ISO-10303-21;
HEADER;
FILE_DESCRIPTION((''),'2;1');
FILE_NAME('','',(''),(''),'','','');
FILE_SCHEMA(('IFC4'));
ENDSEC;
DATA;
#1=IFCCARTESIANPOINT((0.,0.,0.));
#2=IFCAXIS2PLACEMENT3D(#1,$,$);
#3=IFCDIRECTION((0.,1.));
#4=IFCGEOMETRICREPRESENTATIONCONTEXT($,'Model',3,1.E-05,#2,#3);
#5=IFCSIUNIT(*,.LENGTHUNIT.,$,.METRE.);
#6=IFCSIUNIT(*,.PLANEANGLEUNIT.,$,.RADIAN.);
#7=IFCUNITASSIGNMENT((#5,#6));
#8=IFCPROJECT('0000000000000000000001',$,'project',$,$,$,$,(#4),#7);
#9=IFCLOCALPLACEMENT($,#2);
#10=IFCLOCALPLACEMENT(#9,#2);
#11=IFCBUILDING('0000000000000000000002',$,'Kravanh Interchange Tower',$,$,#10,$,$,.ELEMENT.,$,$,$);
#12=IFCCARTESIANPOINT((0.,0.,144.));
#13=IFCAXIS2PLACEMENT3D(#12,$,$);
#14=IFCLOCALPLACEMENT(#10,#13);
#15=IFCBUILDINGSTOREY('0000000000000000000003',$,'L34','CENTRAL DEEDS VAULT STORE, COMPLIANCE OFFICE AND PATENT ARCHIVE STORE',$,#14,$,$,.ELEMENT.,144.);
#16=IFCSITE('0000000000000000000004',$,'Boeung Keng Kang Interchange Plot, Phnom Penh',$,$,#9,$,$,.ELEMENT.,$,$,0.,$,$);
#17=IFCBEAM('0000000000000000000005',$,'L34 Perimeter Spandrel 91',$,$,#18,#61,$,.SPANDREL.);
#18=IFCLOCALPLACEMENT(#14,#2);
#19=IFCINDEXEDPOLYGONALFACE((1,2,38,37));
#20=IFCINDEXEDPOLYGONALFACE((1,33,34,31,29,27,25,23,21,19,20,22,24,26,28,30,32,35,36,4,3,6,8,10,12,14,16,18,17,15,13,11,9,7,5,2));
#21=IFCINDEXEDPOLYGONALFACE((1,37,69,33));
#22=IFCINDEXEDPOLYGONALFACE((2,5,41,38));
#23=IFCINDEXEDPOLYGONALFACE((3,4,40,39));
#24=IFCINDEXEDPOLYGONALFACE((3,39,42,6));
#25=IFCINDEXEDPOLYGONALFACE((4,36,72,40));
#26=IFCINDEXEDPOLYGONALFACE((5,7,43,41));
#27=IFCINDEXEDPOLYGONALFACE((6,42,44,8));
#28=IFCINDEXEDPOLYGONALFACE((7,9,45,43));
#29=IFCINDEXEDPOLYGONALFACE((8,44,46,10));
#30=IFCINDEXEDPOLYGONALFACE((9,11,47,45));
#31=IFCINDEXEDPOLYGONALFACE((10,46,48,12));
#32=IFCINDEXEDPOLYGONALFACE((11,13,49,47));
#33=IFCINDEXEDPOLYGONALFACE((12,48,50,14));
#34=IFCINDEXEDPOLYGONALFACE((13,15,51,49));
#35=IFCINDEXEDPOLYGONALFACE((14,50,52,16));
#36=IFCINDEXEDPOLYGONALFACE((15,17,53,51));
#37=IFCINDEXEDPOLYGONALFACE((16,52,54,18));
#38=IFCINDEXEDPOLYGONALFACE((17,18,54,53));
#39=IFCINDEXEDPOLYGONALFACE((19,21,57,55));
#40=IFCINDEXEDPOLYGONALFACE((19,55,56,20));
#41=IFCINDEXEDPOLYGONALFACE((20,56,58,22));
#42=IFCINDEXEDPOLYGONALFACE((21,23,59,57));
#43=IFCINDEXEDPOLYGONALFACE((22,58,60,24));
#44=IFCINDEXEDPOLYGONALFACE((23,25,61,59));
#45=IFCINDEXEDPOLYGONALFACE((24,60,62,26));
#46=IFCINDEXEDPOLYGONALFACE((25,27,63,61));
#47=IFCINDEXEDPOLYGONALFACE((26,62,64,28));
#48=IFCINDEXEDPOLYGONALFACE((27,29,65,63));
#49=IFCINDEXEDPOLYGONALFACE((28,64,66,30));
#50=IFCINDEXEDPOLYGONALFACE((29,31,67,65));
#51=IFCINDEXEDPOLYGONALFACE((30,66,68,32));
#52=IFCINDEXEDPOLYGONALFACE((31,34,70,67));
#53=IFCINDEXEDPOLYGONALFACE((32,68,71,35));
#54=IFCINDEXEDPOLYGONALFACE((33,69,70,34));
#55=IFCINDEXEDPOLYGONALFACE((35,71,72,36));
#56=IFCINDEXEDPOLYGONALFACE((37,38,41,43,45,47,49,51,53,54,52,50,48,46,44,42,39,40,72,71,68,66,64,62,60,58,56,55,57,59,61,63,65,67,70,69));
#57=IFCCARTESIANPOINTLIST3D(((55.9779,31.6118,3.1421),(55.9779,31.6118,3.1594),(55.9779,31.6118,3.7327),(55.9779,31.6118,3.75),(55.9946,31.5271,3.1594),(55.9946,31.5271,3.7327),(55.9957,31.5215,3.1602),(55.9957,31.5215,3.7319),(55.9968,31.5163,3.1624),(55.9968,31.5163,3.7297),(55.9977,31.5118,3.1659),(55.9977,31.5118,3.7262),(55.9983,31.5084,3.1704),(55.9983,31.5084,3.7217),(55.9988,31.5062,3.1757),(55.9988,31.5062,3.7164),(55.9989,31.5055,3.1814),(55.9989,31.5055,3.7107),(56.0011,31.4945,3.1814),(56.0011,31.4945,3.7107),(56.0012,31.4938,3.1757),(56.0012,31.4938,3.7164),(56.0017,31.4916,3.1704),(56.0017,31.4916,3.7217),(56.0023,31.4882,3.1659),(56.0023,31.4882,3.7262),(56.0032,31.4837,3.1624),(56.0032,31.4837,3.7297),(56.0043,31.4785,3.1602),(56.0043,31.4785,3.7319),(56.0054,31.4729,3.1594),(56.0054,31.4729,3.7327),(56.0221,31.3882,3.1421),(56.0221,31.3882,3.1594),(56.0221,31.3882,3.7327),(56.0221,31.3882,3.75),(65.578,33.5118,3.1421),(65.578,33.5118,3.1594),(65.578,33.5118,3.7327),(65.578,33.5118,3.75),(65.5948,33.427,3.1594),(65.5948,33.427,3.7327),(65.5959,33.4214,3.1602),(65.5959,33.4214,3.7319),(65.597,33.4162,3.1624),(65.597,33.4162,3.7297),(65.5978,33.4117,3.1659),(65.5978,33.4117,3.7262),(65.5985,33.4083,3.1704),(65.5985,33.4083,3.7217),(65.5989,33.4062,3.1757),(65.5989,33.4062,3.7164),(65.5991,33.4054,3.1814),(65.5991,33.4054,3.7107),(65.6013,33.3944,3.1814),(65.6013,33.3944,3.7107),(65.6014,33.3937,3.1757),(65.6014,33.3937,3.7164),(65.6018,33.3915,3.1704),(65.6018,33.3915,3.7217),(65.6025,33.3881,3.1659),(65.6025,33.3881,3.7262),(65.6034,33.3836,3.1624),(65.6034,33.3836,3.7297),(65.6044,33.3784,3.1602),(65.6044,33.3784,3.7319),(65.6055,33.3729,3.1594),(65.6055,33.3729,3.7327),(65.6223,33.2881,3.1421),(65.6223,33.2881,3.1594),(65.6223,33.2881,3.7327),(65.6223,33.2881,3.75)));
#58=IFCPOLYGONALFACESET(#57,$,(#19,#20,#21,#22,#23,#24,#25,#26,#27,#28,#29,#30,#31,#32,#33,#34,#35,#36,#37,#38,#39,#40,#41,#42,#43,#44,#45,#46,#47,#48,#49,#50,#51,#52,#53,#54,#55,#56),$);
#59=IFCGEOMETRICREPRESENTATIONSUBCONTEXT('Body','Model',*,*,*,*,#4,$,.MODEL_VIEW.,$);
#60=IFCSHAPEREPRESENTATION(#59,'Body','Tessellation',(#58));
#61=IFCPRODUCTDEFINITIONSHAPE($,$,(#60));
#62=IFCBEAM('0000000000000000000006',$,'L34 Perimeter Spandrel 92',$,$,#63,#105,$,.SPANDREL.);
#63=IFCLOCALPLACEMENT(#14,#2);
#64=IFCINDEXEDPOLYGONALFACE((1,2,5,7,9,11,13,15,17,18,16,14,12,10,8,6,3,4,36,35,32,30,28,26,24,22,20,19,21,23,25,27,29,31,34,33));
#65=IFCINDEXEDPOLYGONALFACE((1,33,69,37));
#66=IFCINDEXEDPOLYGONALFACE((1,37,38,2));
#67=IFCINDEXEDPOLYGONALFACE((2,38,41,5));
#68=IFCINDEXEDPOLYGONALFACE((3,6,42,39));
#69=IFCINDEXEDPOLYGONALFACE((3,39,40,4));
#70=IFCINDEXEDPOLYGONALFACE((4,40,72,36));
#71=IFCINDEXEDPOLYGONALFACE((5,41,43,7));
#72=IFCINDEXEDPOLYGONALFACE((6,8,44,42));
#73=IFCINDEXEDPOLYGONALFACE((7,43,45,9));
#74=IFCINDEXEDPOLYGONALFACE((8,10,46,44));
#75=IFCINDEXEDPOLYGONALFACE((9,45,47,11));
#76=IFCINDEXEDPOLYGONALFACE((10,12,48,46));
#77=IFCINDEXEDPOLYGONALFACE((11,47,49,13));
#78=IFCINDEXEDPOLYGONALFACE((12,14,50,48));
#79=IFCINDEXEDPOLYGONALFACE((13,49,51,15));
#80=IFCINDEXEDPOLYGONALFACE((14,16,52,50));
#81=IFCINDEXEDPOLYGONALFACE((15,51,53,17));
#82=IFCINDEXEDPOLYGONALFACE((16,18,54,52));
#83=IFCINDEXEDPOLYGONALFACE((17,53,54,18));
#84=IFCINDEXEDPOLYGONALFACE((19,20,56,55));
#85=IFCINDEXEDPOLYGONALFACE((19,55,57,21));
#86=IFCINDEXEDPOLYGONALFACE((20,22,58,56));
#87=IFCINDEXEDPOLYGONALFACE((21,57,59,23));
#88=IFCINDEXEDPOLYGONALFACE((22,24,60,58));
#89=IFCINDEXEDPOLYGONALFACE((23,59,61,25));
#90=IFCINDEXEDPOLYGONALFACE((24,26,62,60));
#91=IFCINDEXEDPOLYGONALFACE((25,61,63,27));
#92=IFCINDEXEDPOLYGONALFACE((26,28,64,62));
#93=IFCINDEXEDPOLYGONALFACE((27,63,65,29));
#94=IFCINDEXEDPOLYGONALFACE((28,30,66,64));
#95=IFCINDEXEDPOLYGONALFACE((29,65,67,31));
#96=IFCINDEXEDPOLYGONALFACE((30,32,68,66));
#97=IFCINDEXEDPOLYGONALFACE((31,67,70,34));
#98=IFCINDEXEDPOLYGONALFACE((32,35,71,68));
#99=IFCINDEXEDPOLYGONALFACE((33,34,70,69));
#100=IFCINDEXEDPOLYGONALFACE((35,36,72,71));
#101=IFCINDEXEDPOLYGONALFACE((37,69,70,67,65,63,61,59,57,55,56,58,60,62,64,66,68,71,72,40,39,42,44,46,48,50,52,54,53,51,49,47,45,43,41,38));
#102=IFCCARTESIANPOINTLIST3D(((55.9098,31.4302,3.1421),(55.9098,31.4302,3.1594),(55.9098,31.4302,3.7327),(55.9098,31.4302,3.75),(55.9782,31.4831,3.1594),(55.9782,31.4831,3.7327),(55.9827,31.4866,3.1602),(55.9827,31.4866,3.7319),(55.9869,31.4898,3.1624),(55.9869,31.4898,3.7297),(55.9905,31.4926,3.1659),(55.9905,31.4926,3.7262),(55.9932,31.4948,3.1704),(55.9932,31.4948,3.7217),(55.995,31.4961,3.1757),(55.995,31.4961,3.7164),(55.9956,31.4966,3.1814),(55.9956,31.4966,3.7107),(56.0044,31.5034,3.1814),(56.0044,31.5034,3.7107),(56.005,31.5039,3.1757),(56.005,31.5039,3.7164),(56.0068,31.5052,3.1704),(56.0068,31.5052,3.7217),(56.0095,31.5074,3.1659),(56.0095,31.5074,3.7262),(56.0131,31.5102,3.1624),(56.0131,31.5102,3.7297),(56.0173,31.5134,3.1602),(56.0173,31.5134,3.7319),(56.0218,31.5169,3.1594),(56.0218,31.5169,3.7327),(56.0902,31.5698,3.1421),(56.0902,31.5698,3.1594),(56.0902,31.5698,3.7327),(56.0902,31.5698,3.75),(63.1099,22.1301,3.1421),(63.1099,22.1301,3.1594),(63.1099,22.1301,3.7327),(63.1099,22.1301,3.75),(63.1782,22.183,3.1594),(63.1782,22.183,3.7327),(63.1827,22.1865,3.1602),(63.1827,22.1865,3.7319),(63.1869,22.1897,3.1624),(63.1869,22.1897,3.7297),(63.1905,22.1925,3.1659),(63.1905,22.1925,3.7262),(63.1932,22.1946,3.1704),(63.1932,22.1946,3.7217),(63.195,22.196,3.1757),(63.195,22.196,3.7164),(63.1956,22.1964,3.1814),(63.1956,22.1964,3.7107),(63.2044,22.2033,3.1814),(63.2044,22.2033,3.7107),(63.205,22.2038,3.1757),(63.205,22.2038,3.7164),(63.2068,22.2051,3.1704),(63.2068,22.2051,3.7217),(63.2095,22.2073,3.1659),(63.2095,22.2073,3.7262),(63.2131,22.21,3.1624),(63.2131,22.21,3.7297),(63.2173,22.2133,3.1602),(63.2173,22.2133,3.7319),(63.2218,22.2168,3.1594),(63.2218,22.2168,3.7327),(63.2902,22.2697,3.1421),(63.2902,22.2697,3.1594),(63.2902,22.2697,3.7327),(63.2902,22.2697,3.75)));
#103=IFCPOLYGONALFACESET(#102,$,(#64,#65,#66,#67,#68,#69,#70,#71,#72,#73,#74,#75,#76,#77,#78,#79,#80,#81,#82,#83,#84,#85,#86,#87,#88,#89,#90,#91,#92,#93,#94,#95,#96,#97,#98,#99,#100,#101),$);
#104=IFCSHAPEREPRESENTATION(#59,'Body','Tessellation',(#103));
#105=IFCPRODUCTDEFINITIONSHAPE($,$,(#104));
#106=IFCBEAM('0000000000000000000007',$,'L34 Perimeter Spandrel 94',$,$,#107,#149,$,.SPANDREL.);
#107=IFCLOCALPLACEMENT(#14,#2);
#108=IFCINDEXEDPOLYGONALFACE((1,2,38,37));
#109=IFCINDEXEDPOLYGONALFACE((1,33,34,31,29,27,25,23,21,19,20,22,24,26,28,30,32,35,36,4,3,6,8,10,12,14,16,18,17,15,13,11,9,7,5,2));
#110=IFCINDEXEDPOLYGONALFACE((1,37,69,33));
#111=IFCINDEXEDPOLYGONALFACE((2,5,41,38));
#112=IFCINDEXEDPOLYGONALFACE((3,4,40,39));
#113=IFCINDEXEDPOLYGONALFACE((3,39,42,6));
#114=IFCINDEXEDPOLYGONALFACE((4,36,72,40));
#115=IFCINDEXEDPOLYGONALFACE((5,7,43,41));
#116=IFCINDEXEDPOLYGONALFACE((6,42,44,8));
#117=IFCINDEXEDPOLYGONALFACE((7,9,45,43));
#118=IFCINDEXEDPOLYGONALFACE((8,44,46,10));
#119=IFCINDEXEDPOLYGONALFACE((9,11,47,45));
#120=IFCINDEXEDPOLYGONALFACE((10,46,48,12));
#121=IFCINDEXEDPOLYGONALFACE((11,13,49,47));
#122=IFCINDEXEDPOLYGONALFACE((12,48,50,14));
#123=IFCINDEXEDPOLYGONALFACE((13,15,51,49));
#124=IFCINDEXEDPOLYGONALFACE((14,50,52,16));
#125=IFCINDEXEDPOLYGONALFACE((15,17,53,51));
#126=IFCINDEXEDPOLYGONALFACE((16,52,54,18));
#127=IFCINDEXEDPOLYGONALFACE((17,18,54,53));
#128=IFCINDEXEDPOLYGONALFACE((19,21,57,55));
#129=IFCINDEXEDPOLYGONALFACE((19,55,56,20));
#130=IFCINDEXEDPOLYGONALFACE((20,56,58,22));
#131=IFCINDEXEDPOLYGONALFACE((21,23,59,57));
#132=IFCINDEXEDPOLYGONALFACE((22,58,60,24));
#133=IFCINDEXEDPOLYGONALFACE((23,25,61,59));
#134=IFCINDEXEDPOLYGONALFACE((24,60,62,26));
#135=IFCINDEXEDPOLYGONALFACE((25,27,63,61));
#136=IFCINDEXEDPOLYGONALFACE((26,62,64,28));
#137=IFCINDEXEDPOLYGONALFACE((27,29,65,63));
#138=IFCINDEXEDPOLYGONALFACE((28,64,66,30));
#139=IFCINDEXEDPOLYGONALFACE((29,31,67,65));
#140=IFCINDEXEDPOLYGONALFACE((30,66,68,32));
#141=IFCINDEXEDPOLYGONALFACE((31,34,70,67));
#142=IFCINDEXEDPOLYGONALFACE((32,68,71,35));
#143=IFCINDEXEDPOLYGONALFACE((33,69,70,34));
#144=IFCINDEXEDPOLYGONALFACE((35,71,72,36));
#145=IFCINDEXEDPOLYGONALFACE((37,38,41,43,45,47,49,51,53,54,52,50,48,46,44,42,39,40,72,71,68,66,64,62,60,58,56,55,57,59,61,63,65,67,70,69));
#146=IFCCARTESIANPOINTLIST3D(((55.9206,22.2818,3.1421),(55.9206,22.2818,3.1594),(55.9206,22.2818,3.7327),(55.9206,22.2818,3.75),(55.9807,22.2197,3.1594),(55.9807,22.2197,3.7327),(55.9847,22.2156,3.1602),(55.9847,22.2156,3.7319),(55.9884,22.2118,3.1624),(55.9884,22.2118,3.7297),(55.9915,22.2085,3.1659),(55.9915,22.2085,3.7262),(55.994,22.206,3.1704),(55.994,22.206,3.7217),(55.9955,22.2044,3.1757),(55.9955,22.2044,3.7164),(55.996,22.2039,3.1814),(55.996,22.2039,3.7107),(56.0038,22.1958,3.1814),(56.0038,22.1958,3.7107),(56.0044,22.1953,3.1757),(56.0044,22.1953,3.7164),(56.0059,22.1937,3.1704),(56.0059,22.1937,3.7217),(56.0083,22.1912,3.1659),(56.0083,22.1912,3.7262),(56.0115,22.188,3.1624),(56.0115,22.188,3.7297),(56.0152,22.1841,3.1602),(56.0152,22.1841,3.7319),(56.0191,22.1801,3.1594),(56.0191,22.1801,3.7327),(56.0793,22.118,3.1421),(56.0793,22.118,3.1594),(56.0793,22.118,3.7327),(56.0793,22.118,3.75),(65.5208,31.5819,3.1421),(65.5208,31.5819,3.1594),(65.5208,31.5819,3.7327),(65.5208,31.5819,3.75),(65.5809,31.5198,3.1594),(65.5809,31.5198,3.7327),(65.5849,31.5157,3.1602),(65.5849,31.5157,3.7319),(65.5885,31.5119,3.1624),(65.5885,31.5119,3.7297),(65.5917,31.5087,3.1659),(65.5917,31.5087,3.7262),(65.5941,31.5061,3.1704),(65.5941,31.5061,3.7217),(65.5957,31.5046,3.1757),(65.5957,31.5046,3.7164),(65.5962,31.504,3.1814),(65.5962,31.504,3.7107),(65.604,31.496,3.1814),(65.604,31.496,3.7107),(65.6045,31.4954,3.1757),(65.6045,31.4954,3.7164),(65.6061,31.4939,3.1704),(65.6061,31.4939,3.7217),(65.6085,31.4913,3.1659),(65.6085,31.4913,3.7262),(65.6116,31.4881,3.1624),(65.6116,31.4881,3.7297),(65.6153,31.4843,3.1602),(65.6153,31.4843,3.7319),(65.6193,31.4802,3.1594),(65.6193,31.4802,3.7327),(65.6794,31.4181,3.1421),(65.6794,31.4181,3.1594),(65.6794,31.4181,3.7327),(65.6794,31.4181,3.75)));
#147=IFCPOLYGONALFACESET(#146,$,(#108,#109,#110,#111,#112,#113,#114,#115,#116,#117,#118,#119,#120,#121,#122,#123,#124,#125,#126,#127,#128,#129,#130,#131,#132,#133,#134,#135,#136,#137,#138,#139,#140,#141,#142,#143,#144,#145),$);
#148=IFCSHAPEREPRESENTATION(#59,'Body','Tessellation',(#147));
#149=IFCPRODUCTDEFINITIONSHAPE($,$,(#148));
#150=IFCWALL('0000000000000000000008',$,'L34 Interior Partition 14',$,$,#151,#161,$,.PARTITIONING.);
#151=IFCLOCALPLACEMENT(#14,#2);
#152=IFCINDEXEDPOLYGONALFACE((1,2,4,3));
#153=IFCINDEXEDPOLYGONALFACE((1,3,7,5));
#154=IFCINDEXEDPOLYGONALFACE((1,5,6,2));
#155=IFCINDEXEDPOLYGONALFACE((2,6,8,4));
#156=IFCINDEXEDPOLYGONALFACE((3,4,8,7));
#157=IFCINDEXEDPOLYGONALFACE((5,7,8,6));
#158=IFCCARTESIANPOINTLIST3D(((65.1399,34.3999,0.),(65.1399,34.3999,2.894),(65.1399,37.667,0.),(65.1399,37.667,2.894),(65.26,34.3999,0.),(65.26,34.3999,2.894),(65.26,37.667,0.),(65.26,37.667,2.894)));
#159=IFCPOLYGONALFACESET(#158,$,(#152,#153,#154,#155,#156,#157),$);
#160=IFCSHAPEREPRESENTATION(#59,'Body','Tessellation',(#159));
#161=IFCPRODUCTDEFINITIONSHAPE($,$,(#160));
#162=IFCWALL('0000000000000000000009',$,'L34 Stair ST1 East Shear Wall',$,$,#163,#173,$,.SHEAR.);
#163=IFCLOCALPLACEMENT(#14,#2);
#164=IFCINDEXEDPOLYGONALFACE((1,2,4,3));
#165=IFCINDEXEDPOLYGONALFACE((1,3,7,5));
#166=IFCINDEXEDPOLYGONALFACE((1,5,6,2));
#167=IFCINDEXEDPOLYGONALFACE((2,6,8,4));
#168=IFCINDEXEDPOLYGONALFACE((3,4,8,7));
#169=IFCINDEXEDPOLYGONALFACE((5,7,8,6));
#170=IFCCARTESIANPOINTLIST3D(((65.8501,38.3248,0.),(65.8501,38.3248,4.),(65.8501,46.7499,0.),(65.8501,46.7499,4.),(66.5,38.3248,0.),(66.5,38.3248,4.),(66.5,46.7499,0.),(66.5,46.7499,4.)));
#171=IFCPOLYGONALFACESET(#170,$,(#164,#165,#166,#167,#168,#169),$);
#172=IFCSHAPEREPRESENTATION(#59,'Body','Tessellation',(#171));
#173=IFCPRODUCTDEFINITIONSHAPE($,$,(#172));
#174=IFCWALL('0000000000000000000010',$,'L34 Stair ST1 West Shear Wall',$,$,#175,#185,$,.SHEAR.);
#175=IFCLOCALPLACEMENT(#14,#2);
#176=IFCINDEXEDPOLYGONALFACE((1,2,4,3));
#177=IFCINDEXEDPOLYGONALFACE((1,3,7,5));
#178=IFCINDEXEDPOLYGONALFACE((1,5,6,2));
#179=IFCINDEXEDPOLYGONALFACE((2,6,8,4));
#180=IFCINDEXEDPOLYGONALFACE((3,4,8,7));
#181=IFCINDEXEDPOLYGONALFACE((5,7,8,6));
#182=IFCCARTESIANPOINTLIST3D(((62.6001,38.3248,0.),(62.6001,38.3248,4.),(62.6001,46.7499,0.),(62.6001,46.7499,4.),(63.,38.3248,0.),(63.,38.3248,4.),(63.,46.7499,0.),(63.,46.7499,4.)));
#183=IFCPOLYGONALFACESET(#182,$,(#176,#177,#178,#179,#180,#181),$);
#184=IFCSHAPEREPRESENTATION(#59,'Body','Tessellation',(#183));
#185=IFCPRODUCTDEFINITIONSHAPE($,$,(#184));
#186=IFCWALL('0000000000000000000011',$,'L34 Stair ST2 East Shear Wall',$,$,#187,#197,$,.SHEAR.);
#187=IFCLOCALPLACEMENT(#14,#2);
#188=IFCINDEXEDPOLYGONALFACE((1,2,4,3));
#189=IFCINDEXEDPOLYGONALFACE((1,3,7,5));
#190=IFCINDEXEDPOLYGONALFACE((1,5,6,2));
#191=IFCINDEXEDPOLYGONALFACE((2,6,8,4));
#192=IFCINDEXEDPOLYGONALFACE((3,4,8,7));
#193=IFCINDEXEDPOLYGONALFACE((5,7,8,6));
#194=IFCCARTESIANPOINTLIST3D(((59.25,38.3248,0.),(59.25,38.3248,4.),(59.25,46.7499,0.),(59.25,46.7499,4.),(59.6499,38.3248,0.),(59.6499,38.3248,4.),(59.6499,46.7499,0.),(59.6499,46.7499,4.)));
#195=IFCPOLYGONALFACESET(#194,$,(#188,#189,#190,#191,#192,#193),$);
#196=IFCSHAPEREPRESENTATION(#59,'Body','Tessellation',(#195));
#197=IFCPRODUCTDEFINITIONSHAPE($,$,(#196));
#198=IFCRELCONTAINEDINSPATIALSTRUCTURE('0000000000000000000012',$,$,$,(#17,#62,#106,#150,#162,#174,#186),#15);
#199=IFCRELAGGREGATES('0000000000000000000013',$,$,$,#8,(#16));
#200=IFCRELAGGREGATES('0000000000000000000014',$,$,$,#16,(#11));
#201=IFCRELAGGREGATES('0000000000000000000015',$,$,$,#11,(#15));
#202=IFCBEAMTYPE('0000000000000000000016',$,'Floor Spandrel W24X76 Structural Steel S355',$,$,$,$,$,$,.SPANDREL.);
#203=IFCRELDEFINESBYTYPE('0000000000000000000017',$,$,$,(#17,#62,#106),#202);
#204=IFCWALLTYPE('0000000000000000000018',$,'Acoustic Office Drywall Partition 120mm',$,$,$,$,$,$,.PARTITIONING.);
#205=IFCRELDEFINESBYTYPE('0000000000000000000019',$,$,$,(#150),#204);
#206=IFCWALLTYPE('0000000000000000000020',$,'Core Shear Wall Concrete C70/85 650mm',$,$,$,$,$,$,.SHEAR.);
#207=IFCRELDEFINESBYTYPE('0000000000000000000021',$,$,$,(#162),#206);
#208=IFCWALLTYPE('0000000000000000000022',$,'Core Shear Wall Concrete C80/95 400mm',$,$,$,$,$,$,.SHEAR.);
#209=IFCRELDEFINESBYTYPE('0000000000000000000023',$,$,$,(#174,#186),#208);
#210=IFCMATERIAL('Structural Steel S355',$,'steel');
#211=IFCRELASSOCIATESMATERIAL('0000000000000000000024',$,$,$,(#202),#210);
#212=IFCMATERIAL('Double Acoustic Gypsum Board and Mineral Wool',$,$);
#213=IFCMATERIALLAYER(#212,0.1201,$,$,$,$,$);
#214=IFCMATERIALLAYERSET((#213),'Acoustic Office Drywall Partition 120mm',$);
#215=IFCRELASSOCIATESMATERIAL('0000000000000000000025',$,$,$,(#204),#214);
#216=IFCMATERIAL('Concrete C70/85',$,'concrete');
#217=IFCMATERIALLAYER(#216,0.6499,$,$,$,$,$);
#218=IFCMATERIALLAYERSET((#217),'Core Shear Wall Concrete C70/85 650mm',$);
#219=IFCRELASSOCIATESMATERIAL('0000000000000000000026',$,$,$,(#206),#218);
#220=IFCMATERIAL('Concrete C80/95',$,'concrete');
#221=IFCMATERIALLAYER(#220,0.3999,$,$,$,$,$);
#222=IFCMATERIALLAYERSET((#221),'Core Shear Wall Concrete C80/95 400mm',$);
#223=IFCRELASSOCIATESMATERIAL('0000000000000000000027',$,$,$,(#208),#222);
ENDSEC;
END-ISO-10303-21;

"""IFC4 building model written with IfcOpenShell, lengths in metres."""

from ifc_helpers import new_model, si_unit, direction, frame, frame_2d, origin, origin_2d, place, context, subcontext, project, spatial, rectangle, i_section, extrude, material, layer, layer_set, material_profile, profile_set, type_object, element, save


model = new_model("IFC4")

# Units and contexts
model_context = context("Model", 3, precision=1e-05, world=origin(), true_north=direction((0.0, 1.0)))
body_context = subcontext(model_context, "Body", "Model", "MODEL_VIEW")
ifc_project = project(units=[si_unit("LENGTHUNIT", "METRE"), si_unit("PLANEANGLEUNIT", "RADIAN")], contexts=[model_context])

# Site, building, storey
site_placement = place(None, origin())
site = spatial("IfcSite", under=ifc_project, at=site_placement, Name="Boeung Keng Kang Interchange Plot, Phnom Penh", CompositionType="ELEMENT", RefElevation=0.0)
building_placement = place(site_placement, origin())
building = spatial("IfcBuilding", under=site, at=building_placement, Name="Kravanh Interchange Tower", CompositionType="ELEMENT")
storey_placement = place(building_placement, frame((0.0, 0.0, 144.0)))
storey = spatial("IfcBuildingStorey", under=building, at=storey_placement, Name="L34", Description="CENTRAL DEEDS VAULT STORE, COMPLIANCE OFFICE AND PATENT ARCHIVE STORE", CompositionType="ELEMENT", Elevation=144.0)

# Beams
ifc_material_1 = material(Name="Structural Steel S355", Category="steel")
ifc_material_profile_1 = material_profile(ifc_material_1, i_section(OverallWidth=0.228, OverallDepth=0.6079, WebThickness=0.0112, FlangeThickness=0.0173, FilletRadius=0.022, at=origin_2d()), Name="W24X76")
ifc_profile_set_1 = profile_set([ifc_material_profile_1], Name="Structural Steel S355")
beam_type_1 = type_object("IfcBeamType", Name="Floor Spandrel W24X76 Structural Steel S355", PredefinedType="SPANDREL", material=ifc_profile_set_1)
beam_1_placement = place(storey_placement, frame((56.0, 31.5, 3.446), z_axis=(0.980974, 0.194139, 0.0), x_axis=(-0.194139, 0.980974, 0.0)))
element("IfcBeam", 1, at=beam_1_placement, inside=storey, type_object=beam_type_1, Name="L34 Perimeter Spandrel 91", PredefinedType="SPANDREL", context=body_context, shape_type="SweptSolid", body=[
    extrude(i_section(OverallWidth=0.228, OverallDepth=0.6079, WebThickness=0.0112, FlangeThickness=0.0173, FilletRadius=0.022, at=origin_2d()), origin(), (0.0, 0.0, 1.0), 9.7864),
])
beam_2_placement = place(storey_placement, frame((56.0, 31.5, 3.446), z_axis=(0.612169, -0.790727, 0.0), x_axis=(0.790727, 0.612169, 0.0)))
element("IfcBeam", 2, at=beam_2_placement, inside=storey, type_object=beam_type_1, Name="L34 Perimeter Spandrel 92", PredefinedType="SPANDREL", context=body_context, shape_type="SweptSolid", body=[
    extrude(i_section(OverallWidth=0.228, OverallDepth=0.6079, WebThickness=0.0112, FlangeThickness=0.0173, FilletRadius=0.022, at=origin_2d()), origin(), (0.0, 0.0, 1.0), 11.7615),
])
beam_3_placement = place(storey_placement, frame((65.6001, 31.5, 3.446), z_axis=(-0.718242, -0.695793, 0.0), x_axis=(0.695793, -0.718242, 0.0)))
element("IfcBeam", 3, at=beam_3_placement, inside=storey, type_object=beam_type_1, Name="L34 Perimeter Spandrel 94", PredefinedType="SPANDREL", context=body_context, shape_type="SweptSolid", body=[
    extrude(i_section(OverallWidth=0.228, OverallDepth=0.6079, WebThickness=0.0112, FlangeThickness=0.0173, FilletRadius=0.022, at=origin_2d()), origin(), (0.0, 0.0, 1.0), 13.3662),
])

# Walls
ifc_material_2 = material(Name="Double Acoustic Gypsum Board and Mineral Wool")
ifc_layer_1 = layer(ifc_material_2, 0.1201)
ifc_layer_set_1 = layer_set([ifc_layer_1], Name="Acoustic Office Drywall Partition 120mm")
wall_type_1 = type_object("IfcWallType", Name="Acoustic Office Drywall Partition 120mm", PredefinedType="PARTITIONING", material=ifc_layer_set_1)
wall_1_placement = place(storey_placement, frame((65.2, 34.3999, 0.0), z_axis=(0.0, 0.0, 1.0), x_axis=(0.0, 1.0, 0.0)))
element("IfcWall", 4, at=wall_1_placement, inside=storey, type_object=wall_type_1, Name="L34 Interior Partition 14", PredefinedType="PARTITIONING", context=body_context, shape_type="SweptSolid", body=[
    extrude(rectangle(XDim=3.2671, YDim=0.1201, at=frame_2d((1.6335, 0.0))), origin(), (0.0, 0.0, 1.0), 2.894),
])
ifc_material_3 = material(Name="Concrete C70/85", Category="concrete")
ifc_layer_2 = layer(ifc_material_3, 0.6499)
ifc_layer_set_2 = layer_set([ifc_layer_2], Name="Core Shear Wall Concrete C70/85 650mm")
wall_type_2 = type_object("IfcWallType", Name="Core Shear Wall Concrete C70/85 650mm", PredefinedType="SHEAR", material=ifc_layer_set_2)
wall_2_placement = place(storey_placement, frame((66.175, 38.325, 0.0), z_axis=(0.0, 0.0, 1.0), x_axis=(0.0, 1.0, 0.0)))
element("IfcWall", 5, at=wall_2_placement, inside=storey, type_object=wall_type_2, Name="L34 Stair ST1 East Shear Wall", PredefinedType="SHEAR", context=body_context, shape_type="SweptSolid", body=[
    extrude(rectangle(XDim=8.425, YDim=0.6499, at=frame_2d((4.2124, 0.0))), origin(), (0.0, 0.0, 1.0), 4.0),
])
ifc_material_4 = material(Name="Concrete C80/95", Category="concrete")
ifc_layer_3 = layer(ifc_material_4, 0.3999)
ifc_layer_set_3 = layer_set([ifc_layer_3], Name="Core Shear Wall Concrete C80/95 400mm")
wall_type_3 = type_object("IfcWallType", Name="Core Shear Wall Concrete C80/95 400mm", PredefinedType="SHEAR", material=ifc_layer_set_3)
for number, where, z_axis, x_axis, name in (
    (6, (62.8, 38.325, 0.0), (0.0, 0.0, 1.0), (0.0, 1.0, 0.0), "L34 Stair ST1 West Shear Wall"),
    (7, (59.45, 38.325, 0.0), (0.0, 0.0, 1.0), (0.0, 1.0, 0.0), "L34 Stair ST2 East Shear Wall"),
):
    element("IfcWall", number, at=place(storey_placement, frame(where, z_axis=z_axis, x_axis=x_axis)), inside=storey, type_object=wall_type_3, Name=name, PredefinedType="SHEAR", context=body_context, shape_type="SweptSolid", body=[
        extrude(rectangle(XDim=8.425, YDim=0.3999, at=frame_2d((4.2124, 0.0))), origin(), (0.0, 0.0, 1.0), 4.0),
    ])

save(model, "model.ifc")
